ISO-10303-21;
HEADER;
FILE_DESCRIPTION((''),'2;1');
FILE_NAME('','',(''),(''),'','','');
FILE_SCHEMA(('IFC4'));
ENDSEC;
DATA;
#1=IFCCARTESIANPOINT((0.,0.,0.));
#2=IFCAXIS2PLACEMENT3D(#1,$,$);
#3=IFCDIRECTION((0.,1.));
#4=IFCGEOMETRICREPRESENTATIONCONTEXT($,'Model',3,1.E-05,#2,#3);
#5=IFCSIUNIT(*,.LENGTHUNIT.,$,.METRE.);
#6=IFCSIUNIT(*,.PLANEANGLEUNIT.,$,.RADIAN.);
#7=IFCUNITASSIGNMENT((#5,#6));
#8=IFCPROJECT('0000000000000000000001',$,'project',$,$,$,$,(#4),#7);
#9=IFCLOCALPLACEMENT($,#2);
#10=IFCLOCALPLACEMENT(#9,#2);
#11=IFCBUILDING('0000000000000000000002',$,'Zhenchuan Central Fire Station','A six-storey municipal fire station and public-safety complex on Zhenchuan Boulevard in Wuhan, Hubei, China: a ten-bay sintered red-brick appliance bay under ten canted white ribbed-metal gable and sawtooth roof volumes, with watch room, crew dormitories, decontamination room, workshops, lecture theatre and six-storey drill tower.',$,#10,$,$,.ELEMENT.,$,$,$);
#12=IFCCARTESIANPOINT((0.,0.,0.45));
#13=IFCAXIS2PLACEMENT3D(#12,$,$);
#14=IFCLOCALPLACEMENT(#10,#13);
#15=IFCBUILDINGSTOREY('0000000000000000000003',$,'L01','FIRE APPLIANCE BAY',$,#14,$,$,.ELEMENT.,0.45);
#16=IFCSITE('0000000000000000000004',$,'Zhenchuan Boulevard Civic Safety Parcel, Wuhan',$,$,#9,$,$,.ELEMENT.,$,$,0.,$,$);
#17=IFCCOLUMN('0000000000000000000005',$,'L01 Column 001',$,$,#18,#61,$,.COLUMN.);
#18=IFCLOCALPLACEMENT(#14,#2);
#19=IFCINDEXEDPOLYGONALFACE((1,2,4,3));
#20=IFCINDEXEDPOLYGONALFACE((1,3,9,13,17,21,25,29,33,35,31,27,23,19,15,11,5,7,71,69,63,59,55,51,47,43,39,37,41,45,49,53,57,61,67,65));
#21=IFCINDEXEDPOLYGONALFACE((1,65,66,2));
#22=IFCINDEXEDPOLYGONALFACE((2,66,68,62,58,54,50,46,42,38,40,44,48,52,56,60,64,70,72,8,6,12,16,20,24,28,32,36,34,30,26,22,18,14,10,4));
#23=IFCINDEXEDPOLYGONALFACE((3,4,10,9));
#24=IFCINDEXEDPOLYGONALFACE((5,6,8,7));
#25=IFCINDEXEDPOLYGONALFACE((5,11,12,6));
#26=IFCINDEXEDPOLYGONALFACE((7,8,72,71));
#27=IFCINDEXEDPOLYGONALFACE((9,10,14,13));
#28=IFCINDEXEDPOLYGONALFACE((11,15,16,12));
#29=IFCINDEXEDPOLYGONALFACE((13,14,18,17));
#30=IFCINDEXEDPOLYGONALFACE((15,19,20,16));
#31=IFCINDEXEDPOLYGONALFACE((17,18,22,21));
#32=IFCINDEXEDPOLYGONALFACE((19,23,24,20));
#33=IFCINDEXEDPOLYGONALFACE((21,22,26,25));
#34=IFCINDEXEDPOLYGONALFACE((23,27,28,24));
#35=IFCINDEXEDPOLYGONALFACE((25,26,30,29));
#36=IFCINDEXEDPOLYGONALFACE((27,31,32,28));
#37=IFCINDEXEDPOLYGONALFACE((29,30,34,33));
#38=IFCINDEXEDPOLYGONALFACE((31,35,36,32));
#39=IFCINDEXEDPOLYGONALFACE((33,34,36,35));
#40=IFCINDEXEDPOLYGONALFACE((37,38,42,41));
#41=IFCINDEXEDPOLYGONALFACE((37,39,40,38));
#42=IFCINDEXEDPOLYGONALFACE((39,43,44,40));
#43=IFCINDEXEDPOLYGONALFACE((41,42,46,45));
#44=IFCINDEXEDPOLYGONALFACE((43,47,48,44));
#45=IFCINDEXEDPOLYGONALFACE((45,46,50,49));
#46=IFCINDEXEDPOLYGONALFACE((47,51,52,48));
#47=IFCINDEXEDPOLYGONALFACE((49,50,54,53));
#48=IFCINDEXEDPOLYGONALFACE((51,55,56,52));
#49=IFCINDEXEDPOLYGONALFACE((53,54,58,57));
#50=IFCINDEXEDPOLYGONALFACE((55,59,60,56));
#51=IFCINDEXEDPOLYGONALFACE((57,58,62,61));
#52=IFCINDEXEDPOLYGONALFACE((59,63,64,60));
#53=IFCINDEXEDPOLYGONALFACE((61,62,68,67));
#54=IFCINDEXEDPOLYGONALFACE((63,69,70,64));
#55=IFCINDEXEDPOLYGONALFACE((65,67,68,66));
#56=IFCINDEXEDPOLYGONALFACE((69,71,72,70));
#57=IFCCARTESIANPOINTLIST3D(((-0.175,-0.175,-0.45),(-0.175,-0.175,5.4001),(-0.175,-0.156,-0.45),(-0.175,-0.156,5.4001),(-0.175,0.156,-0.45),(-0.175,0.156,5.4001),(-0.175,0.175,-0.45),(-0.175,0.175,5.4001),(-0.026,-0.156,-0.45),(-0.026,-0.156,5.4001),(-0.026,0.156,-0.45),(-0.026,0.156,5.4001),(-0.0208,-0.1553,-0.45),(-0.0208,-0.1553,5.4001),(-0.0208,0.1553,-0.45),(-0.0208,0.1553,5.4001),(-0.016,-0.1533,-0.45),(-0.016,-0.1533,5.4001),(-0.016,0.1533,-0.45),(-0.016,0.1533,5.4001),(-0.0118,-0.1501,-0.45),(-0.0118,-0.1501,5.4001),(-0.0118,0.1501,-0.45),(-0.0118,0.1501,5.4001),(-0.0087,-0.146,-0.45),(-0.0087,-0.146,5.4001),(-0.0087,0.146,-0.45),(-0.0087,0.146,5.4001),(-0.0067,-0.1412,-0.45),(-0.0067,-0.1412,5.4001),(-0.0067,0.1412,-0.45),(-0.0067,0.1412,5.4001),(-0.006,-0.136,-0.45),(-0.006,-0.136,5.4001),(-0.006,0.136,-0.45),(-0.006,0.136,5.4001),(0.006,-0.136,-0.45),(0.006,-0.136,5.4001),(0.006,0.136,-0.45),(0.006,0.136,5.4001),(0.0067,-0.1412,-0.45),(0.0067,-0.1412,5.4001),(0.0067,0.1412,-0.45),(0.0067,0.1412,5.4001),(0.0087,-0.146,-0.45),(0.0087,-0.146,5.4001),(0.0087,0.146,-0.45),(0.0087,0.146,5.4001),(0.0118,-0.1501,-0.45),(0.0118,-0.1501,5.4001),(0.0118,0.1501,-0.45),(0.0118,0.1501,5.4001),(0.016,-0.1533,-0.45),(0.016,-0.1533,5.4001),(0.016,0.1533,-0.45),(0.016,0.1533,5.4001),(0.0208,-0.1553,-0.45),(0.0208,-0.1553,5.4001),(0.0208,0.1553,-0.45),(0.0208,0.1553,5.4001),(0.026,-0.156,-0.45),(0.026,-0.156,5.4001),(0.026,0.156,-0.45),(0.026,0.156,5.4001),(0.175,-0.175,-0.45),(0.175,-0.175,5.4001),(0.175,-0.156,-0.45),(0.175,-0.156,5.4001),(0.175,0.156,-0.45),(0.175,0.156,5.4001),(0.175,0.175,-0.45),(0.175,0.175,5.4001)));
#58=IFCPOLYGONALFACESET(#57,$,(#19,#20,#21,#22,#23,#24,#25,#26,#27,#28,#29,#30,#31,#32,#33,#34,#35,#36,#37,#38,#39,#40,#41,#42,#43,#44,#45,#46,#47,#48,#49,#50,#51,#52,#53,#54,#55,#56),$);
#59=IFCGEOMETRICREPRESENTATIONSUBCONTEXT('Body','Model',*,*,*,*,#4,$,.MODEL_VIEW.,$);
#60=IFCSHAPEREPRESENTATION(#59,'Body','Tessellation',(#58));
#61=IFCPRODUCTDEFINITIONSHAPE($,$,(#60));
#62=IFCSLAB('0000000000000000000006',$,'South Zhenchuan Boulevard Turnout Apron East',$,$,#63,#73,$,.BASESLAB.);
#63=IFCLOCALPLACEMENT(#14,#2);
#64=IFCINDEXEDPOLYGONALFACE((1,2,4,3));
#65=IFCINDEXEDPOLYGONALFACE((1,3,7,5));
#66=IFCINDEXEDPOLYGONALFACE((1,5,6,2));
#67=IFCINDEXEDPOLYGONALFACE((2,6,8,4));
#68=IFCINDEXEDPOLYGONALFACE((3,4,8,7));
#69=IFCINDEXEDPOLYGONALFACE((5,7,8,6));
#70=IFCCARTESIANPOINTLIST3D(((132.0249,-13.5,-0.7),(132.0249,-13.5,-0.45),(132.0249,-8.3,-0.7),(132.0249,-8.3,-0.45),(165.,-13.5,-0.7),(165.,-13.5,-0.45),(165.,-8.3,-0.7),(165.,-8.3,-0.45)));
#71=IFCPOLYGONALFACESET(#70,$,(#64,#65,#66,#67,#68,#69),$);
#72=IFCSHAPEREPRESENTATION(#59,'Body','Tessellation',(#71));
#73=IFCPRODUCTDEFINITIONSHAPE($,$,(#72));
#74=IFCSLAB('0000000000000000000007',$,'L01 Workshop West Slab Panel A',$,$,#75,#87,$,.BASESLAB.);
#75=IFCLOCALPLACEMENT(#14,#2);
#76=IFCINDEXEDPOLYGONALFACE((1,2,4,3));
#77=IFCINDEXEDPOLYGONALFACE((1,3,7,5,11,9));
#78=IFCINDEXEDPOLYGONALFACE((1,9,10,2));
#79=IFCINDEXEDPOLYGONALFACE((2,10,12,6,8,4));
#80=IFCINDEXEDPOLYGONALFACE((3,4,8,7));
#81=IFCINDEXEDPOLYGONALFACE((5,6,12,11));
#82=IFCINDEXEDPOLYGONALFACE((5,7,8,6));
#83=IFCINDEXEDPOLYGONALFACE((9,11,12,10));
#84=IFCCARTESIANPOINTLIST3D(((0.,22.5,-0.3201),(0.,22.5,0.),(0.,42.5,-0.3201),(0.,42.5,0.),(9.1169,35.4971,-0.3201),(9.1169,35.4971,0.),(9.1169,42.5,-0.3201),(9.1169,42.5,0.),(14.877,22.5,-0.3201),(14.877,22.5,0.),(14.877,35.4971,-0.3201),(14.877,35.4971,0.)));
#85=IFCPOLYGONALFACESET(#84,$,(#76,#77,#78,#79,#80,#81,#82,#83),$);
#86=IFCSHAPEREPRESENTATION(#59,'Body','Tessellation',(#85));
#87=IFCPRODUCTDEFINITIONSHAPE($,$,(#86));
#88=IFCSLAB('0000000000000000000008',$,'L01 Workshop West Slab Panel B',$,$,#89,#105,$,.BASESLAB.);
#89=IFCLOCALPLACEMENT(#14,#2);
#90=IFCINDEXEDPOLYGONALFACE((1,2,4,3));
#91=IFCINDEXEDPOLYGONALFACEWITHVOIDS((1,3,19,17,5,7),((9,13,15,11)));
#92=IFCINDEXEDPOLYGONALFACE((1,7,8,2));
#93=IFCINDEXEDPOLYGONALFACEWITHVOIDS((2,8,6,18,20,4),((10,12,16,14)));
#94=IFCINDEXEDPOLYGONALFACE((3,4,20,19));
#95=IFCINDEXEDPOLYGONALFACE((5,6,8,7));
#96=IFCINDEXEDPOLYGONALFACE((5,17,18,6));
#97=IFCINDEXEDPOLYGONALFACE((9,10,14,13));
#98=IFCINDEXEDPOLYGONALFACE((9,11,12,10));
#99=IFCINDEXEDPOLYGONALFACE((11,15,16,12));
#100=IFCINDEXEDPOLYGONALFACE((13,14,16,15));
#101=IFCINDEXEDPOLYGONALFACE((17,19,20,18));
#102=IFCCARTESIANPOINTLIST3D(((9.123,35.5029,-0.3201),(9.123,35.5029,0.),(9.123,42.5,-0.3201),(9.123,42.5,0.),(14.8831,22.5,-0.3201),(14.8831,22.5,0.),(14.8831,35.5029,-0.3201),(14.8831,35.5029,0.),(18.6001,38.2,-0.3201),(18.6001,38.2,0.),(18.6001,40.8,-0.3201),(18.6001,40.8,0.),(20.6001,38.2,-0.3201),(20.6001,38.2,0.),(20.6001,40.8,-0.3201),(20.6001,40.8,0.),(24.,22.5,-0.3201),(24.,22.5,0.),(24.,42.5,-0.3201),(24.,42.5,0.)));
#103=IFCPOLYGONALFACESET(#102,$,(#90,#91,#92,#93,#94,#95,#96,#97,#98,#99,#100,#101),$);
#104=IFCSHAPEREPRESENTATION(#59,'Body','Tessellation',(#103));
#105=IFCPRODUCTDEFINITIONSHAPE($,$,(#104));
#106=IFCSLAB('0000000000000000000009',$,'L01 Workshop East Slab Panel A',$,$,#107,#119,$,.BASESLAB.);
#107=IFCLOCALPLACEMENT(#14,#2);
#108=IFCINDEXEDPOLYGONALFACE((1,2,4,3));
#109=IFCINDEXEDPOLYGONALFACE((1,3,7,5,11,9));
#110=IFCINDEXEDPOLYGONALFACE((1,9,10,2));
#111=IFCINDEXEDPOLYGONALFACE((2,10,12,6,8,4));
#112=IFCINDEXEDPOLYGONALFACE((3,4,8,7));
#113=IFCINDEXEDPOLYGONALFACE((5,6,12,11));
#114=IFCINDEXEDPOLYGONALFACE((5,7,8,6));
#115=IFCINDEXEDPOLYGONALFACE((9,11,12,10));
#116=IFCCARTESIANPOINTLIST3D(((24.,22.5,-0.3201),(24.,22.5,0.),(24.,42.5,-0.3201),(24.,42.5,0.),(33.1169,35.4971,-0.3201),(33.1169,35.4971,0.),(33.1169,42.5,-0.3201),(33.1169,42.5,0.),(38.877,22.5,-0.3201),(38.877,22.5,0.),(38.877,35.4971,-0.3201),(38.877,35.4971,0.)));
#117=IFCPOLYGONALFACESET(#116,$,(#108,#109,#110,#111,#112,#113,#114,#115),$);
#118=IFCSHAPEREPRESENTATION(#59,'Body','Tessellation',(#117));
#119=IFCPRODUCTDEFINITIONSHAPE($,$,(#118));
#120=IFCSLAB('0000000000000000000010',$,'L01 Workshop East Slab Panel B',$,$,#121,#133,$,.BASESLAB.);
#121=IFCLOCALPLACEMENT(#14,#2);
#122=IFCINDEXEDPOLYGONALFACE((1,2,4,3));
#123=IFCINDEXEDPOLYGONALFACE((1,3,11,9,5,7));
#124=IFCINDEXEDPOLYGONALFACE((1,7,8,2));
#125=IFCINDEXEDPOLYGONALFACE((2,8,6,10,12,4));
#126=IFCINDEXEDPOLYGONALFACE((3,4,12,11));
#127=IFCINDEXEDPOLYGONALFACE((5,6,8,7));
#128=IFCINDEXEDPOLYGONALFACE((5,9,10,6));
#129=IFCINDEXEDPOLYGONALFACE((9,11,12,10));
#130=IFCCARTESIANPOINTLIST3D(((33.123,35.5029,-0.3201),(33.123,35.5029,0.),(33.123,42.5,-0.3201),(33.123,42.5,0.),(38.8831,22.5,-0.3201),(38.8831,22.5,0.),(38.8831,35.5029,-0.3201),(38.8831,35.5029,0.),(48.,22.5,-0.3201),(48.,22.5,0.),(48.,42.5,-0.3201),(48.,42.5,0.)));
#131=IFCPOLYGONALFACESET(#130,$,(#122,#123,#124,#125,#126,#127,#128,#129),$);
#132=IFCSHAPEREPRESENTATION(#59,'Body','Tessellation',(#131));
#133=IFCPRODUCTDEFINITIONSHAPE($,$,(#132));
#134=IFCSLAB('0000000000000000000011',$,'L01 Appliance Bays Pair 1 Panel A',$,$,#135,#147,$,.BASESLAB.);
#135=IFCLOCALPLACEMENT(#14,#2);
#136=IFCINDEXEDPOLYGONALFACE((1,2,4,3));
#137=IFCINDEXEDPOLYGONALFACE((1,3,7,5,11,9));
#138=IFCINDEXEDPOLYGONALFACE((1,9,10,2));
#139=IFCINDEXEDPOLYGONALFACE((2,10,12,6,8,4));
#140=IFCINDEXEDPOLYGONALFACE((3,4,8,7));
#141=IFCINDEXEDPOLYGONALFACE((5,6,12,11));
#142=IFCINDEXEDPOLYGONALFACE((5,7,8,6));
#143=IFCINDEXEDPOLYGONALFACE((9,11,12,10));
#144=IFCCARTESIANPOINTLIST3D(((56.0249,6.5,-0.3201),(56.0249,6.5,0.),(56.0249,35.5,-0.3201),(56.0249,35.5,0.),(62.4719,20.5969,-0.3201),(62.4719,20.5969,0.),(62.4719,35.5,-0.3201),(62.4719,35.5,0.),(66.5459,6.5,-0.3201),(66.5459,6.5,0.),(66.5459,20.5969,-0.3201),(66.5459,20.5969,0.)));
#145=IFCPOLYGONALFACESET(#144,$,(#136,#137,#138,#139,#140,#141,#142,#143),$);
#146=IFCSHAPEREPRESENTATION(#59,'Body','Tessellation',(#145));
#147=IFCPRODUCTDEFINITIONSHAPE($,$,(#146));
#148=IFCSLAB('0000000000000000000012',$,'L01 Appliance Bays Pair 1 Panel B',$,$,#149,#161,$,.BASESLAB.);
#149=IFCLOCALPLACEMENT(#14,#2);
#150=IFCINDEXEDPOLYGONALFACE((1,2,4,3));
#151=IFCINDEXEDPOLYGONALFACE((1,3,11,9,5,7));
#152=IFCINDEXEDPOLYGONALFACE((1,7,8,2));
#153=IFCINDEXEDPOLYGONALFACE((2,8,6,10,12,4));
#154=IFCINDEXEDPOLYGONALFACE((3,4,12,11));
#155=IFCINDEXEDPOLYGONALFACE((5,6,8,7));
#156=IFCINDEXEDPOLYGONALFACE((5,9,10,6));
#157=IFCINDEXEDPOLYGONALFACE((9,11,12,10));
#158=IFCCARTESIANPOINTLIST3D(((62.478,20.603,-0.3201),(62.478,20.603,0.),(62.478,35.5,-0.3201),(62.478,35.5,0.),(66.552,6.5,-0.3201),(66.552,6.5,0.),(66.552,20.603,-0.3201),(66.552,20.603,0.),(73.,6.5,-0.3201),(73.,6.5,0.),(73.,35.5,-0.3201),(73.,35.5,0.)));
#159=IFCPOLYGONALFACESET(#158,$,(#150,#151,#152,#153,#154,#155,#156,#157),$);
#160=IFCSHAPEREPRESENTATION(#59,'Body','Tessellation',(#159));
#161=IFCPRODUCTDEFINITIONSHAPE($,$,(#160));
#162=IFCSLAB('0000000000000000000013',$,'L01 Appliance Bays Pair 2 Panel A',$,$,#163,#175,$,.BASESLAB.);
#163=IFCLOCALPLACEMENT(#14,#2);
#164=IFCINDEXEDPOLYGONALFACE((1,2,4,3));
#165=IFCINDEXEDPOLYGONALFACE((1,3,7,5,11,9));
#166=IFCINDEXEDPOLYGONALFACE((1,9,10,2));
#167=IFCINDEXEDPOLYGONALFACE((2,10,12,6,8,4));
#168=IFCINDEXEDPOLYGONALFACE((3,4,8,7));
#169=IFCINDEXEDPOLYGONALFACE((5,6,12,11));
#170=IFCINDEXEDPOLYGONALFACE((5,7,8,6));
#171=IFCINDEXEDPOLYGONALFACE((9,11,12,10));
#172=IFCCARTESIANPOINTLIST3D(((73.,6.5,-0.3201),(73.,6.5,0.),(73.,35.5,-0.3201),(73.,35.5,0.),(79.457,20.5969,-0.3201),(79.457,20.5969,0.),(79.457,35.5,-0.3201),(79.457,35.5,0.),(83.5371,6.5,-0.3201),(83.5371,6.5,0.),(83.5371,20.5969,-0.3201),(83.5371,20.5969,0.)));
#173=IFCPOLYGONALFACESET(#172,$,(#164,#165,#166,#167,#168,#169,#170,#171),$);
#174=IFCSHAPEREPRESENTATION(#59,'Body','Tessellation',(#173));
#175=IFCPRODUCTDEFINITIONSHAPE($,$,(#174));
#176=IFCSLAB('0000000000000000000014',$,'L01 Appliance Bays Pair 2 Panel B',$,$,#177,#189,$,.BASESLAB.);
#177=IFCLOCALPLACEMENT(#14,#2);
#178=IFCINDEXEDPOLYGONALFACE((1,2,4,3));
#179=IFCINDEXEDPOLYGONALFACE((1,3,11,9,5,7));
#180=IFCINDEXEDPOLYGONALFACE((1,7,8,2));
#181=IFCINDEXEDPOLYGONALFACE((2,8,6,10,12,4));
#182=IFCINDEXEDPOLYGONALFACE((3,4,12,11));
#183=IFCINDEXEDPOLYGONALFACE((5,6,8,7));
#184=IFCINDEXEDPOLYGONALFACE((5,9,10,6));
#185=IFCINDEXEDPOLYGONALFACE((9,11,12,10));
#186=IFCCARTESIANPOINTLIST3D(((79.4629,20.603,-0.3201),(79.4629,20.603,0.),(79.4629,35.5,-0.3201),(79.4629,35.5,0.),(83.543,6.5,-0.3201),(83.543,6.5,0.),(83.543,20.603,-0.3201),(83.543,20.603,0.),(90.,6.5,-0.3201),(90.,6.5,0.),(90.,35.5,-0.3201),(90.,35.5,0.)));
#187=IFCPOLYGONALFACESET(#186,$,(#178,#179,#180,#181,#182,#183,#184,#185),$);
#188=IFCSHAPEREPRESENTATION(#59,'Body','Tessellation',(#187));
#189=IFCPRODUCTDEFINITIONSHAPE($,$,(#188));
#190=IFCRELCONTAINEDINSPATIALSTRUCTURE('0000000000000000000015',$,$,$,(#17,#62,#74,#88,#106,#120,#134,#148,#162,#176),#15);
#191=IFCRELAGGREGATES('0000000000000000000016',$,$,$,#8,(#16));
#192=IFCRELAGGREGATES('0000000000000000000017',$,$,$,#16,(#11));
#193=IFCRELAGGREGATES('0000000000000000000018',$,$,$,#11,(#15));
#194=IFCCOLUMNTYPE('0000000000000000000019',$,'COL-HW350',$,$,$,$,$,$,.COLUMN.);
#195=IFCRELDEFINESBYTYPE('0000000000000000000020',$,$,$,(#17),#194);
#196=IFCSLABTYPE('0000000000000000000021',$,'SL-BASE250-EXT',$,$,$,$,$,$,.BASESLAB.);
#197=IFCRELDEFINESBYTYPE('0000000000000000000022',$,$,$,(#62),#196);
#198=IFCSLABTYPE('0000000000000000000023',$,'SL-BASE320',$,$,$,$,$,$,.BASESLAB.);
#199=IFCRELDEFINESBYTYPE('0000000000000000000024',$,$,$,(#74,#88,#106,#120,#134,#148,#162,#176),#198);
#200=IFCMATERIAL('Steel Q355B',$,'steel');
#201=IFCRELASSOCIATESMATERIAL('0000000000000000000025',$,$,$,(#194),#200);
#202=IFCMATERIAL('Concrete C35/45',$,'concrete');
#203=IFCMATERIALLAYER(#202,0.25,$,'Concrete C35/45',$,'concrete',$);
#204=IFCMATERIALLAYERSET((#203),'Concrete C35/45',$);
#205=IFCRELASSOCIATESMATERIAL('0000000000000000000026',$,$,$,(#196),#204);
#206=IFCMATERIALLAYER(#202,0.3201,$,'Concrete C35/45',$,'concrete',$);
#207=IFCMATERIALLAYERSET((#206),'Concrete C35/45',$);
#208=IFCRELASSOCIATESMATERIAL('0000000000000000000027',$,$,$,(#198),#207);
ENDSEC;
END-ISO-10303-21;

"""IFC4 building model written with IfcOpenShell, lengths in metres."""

from ifc_helpers import new_model, si_unit, direction, frame, origin, origin_2d, place, context, subcontext, project, spatial, polyline, i_section, outline, extrude, material, layer, layer_set, material_profile, profile_set, type_object, element, save


model = new_model("IFC4")

# Units and contexts
model_context = context("Model", 3, precision=1e-05, world=origin(), true_north=direction((0.0, 1.0)))
body_context = subcontext(model_context, "Body", "Model", "MODEL_VIEW")
ifc_project = project(units=[si_unit("LENGTHUNIT", "METRE"), si_unit("PLANEANGLEUNIT", "RADIAN")], contexts=[model_context])

# Site, building, storey
site_placement = place(None, origin())
site = spatial("IfcSite", under=ifc_project, at=site_placement, Name="Zhenchuan Boulevard Civic Safety Parcel, Wuhan", CompositionType="ELEMENT", RefElevation=0.0)
building_placement = place(site_placement, origin())
building = spatial("IfcBuilding", under=site, at=building_placement, Name="Zhenchuan Central Fire Station", Description="A six-storey municipal fire station and public-safety complex on Zhenchuan Boulevard in Wuhan, Hubei, China: a ten-bay sintered red-brick appliance bay under ten canted white ribbed-metal gable and sawtooth roof volumes, with watch room, crew dormitories, decontamination room, workshops, lecture theatre and six-storey drill tower.", CompositionType="ELEMENT")
storey_placement = place(building_placement, frame((0.0, 0.0, 0.45)))
storey = spatial("IfcBuildingStorey", under=building, at=storey_placement, Name="L01", Description="FIRE APPLIANCE BAY", CompositionType="ELEMENT", Elevation=0.45)

# Column
ifc_material_1 = material(Name="Steel Q355B", Category="steel")
ifc_material_profile = material_profile(ifc_material_1, i_section(OverallWidth=0.3501, OverallDepth=0.3501, WebThickness=0.012, FlangeThickness=0.019, FilletRadius=0.02, at=origin_2d()), Name="HW 350x350")
ifc_profile_set = profile_set([ifc_material_profile], Name="Steel Q355B")
column_type = type_object("IfcColumnType", Name="COL-HW350", PredefinedType="COLUMN", material=ifc_profile_set)
column_placement = place(storey_placement, frame((0.0, 0.0, -0.45), z_axis=(0.0, 0.0, 1.0), x_axis=(1.0, 0.0, 0.0)))
element("IfcColumn", 1, at=column_placement, inside=storey, type_object=column_type, Name="L01 Column 001", PredefinedType="COLUMN", context=body_context, shape_type="SweptSolid", body=[
    extrude(i_section(OverallWidth=0.3501, OverallDepth=0.3501, WebThickness=0.012, FlangeThickness=0.019, FilletRadius=0.02, at=origin_2d()), origin(), (0.0, 0.0, 1.0), 5.8501),
])

# Slabs
ifc_material_2 = material(Name="Concrete C35/45", Category="concrete")
ifc_layer_1 = layer(ifc_material_2, 0.25, Name="Concrete C35/45", Category="concrete")
ifc_layer_set_1 = layer_set([ifc_layer_1], Name="Concrete C35/45")
slab_type_1 = type_object("IfcSlabType", Name="SL-BASE250-EXT", PredefinedType="BASESLAB", material=ifc_layer_set_1)
slab_1_placement = place(storey_placement, frame((0.0, 0.0, -0.7)))
element("IfcSlab", 2, at=slab_1_placement, inside=storey, type_object=slab_type_1, Name="South Zhenchuan Boulevard Turnout Apron East", PredefinedType="BASESLAB", context=body_context, shape_type="SweptSolid", body=[
    extrude(outline(polyline([(132.0249, -13.5), (165.0, -13.5), (165.0, -8.3), (132.0249, -8.3), (132.0249, -13.5)])), origin(), (0.0, 0.0, 1.0), 0.25),
])
ifc_layer_2 = layer(ifc_material_2, 0.3201, Name="Concrete C35/45", Category="concrete")
ifc_layer_set_2 = layer_set([ifc_layer_2], Name="Concrete C35/45")
slab_type_2 = type_object("IfcSlabType", Name="SL-BASE320", PredefinedType="BASESLAB", material=ifc_layer_set_2)
slab_2_placement = place(storey_placement, frame((0.0, 0.0, -0.3201)))
element("IfcSlab", 3, at=slab_2_placement, inside=storey, type_object=slab_type_2, Name="L01 Workshop West Slab Panel A", PredefinedType="BASESLAB", context=body_context, shape_type="SweptSolid", body=[
    extrude(outline(polyline([(0.0, 22.5), (14.877, 22.5), (14.877, 35.4971), (9.1169, 35.4971), (9.1169, 42.5), (0.0, 42.5), (0.0, 22.5)])), origin(), (0.0, 0.0, 1.0), 0.3201),
])
slab_3_placement = place(storey_placement, frame((0.0, 0.0, -0.3201)))
element("IfcSlab", 4, at=slab_3_placement, inside=storey, type_object=slab_type_2, Name="L01 Workshop West Slab Panel B", PredefinedType="BASESLAB", context=body_context, shape_type="SweptSolid", body=[
    extrude(outline(polyline([(14.8831, 22.5), (24.0, 22.5), (24.0, 42.5), (9.123, 42.5), (9.123, 35.5029), (14.8831, 35.5029), (14.8831, 22.5)]), holes=[polyline([(18.6001, 38.2), (20.6001, 38.2), (20.6001, 40.8), (18.6001, 40.8), (18.6001, 38.2)])]), origin(), (0.0, 0.0, 1.0), 0.3201),
])
slab_4_placement = place(storey_placement, frame((0.0, 0.0, -0.3201)))
element("IfcSlab", 5, at=slab_4_placement, inside=storey, type_object=slab_type_2, Name="L01 Workshop East Slab Panel A", PredefinedType="BASESLAB", context=body_context, shape_type="SweptSolid", body=[
    extrude(outline(polyline([(24.0, 22.5), (38.877, 22.5), (38.877, 35.4971), (33.1169, 35.4971), (33.1169, 42.5), (24.0, 42.5), (24.0, 22.5)])), origin(), (0.0, 0.0, 1.0), 0.3201),
])
slab_5_placement = place(storey_placement, frame((0.0, 0.0, -0.3201)))
element("IfcSlab", 6, at=slab_5_placement, inside=storey, type_object=slab_type_2, Name="L01 Workshop East Slab Panel B", PredefinedType="BASESLAB", context=body_context, shape_type="SweptSolid", body=[
    extrude(outline(polyline([(38.8831, 22.5), (48.0, 22.5), (48.0, 42.5), (33.123, 42.5), (33.123, 35.5029), (38.8831, 35.5029), (38.8831, 22.5)])), origin(), (0.0, 0.0, 1.0), 0.3201),
])
slab_6_placement = place(storey_placement, frame((0.0, 0.0, -0.3201)))
element("IfcSlab", 7, at=slab_6_placement, inside=storey, type_object=slab_type_2, Name="L01 Appliance Bays Pair 1 Panel A", PredefinedType="BASESLAB", context=body_context, shape_type="SweptSolid", body=[
    extrude(outline(polyline([(56.0249, 6.5), (66.5459, 6.5), (66.5459, 20.5969), (62.4719, 20.5969), (62.4719, 35.5), (56.0249, 35.5), (56.0249, 6.5)])), origin(), (0.0, 0.0, 1.0), 0.3201),
])
slab_7_placement = place(storey_placement, frame((0.0, 0.0, -0.3201)))
element("IfcSlab", 8, at=slab_7_placement, inside=storey, type_object=slab_type_2, Name="L01 Appliance Bays Pair 1 Panel B", PredefinedType="BASESLAB", context=body_context, shape_type="SweptSolid", body=[
    extrude(outline(polyline([(66.552, 6.5), (73.0, 6.5), (73.0, 35.5), (62.478, 35.5), (62.478, 20.603), (66.552, 20.603), (66.552, 6.5)])), origin(), (0.0, 0.0, 1.0), 0.3201),
])
slab_8_placement = place(storey_placement, frame((0.0, 0.0, -0.3201)))
element("IfcSlab", 9, at=slab_8_placement, inside=storey, type_object=slab_type_2, Name="L01 Appliance Bays Pair 2 Panel A", PredefinedType="BASESLAB", context=body_context, shape_type="SweptSolid", body=[
    extrude(outline(polyline([(73.0, 6.5), (83.5371, 6.5), (83.5371, 20.5969), (79.457, 20.5969), (79.457, 35.5), (73.0, 35.5), (73.0, 6.5)])), origin(), (0.0, 0.0, 1.0), 0.3201),
])
slab_9_placement = place(storey_placement, frame((0.0, 0.0, -0.3201)))
element("IfcSlab", 10, at=slab_9_placement, inside=storey, type_object=slab_type_2, Name="L01 Appliance Bays Pair 2 Panel B", PredefinedType="BASESLAB", context=body_context, shape_type="SweptSolid", body=[
    extrude(outline(polyline([(83.543, 6.5), (90.0, 6.5), (90.0, 35.5), (79.4629, 35.5), (79.4629, 20.603), (83.543, 20.603), (83.543, 6.5)])), origin(), (0.0, 0.0, 1.0), 0.3201),
])

save(model, "model.ifc")
